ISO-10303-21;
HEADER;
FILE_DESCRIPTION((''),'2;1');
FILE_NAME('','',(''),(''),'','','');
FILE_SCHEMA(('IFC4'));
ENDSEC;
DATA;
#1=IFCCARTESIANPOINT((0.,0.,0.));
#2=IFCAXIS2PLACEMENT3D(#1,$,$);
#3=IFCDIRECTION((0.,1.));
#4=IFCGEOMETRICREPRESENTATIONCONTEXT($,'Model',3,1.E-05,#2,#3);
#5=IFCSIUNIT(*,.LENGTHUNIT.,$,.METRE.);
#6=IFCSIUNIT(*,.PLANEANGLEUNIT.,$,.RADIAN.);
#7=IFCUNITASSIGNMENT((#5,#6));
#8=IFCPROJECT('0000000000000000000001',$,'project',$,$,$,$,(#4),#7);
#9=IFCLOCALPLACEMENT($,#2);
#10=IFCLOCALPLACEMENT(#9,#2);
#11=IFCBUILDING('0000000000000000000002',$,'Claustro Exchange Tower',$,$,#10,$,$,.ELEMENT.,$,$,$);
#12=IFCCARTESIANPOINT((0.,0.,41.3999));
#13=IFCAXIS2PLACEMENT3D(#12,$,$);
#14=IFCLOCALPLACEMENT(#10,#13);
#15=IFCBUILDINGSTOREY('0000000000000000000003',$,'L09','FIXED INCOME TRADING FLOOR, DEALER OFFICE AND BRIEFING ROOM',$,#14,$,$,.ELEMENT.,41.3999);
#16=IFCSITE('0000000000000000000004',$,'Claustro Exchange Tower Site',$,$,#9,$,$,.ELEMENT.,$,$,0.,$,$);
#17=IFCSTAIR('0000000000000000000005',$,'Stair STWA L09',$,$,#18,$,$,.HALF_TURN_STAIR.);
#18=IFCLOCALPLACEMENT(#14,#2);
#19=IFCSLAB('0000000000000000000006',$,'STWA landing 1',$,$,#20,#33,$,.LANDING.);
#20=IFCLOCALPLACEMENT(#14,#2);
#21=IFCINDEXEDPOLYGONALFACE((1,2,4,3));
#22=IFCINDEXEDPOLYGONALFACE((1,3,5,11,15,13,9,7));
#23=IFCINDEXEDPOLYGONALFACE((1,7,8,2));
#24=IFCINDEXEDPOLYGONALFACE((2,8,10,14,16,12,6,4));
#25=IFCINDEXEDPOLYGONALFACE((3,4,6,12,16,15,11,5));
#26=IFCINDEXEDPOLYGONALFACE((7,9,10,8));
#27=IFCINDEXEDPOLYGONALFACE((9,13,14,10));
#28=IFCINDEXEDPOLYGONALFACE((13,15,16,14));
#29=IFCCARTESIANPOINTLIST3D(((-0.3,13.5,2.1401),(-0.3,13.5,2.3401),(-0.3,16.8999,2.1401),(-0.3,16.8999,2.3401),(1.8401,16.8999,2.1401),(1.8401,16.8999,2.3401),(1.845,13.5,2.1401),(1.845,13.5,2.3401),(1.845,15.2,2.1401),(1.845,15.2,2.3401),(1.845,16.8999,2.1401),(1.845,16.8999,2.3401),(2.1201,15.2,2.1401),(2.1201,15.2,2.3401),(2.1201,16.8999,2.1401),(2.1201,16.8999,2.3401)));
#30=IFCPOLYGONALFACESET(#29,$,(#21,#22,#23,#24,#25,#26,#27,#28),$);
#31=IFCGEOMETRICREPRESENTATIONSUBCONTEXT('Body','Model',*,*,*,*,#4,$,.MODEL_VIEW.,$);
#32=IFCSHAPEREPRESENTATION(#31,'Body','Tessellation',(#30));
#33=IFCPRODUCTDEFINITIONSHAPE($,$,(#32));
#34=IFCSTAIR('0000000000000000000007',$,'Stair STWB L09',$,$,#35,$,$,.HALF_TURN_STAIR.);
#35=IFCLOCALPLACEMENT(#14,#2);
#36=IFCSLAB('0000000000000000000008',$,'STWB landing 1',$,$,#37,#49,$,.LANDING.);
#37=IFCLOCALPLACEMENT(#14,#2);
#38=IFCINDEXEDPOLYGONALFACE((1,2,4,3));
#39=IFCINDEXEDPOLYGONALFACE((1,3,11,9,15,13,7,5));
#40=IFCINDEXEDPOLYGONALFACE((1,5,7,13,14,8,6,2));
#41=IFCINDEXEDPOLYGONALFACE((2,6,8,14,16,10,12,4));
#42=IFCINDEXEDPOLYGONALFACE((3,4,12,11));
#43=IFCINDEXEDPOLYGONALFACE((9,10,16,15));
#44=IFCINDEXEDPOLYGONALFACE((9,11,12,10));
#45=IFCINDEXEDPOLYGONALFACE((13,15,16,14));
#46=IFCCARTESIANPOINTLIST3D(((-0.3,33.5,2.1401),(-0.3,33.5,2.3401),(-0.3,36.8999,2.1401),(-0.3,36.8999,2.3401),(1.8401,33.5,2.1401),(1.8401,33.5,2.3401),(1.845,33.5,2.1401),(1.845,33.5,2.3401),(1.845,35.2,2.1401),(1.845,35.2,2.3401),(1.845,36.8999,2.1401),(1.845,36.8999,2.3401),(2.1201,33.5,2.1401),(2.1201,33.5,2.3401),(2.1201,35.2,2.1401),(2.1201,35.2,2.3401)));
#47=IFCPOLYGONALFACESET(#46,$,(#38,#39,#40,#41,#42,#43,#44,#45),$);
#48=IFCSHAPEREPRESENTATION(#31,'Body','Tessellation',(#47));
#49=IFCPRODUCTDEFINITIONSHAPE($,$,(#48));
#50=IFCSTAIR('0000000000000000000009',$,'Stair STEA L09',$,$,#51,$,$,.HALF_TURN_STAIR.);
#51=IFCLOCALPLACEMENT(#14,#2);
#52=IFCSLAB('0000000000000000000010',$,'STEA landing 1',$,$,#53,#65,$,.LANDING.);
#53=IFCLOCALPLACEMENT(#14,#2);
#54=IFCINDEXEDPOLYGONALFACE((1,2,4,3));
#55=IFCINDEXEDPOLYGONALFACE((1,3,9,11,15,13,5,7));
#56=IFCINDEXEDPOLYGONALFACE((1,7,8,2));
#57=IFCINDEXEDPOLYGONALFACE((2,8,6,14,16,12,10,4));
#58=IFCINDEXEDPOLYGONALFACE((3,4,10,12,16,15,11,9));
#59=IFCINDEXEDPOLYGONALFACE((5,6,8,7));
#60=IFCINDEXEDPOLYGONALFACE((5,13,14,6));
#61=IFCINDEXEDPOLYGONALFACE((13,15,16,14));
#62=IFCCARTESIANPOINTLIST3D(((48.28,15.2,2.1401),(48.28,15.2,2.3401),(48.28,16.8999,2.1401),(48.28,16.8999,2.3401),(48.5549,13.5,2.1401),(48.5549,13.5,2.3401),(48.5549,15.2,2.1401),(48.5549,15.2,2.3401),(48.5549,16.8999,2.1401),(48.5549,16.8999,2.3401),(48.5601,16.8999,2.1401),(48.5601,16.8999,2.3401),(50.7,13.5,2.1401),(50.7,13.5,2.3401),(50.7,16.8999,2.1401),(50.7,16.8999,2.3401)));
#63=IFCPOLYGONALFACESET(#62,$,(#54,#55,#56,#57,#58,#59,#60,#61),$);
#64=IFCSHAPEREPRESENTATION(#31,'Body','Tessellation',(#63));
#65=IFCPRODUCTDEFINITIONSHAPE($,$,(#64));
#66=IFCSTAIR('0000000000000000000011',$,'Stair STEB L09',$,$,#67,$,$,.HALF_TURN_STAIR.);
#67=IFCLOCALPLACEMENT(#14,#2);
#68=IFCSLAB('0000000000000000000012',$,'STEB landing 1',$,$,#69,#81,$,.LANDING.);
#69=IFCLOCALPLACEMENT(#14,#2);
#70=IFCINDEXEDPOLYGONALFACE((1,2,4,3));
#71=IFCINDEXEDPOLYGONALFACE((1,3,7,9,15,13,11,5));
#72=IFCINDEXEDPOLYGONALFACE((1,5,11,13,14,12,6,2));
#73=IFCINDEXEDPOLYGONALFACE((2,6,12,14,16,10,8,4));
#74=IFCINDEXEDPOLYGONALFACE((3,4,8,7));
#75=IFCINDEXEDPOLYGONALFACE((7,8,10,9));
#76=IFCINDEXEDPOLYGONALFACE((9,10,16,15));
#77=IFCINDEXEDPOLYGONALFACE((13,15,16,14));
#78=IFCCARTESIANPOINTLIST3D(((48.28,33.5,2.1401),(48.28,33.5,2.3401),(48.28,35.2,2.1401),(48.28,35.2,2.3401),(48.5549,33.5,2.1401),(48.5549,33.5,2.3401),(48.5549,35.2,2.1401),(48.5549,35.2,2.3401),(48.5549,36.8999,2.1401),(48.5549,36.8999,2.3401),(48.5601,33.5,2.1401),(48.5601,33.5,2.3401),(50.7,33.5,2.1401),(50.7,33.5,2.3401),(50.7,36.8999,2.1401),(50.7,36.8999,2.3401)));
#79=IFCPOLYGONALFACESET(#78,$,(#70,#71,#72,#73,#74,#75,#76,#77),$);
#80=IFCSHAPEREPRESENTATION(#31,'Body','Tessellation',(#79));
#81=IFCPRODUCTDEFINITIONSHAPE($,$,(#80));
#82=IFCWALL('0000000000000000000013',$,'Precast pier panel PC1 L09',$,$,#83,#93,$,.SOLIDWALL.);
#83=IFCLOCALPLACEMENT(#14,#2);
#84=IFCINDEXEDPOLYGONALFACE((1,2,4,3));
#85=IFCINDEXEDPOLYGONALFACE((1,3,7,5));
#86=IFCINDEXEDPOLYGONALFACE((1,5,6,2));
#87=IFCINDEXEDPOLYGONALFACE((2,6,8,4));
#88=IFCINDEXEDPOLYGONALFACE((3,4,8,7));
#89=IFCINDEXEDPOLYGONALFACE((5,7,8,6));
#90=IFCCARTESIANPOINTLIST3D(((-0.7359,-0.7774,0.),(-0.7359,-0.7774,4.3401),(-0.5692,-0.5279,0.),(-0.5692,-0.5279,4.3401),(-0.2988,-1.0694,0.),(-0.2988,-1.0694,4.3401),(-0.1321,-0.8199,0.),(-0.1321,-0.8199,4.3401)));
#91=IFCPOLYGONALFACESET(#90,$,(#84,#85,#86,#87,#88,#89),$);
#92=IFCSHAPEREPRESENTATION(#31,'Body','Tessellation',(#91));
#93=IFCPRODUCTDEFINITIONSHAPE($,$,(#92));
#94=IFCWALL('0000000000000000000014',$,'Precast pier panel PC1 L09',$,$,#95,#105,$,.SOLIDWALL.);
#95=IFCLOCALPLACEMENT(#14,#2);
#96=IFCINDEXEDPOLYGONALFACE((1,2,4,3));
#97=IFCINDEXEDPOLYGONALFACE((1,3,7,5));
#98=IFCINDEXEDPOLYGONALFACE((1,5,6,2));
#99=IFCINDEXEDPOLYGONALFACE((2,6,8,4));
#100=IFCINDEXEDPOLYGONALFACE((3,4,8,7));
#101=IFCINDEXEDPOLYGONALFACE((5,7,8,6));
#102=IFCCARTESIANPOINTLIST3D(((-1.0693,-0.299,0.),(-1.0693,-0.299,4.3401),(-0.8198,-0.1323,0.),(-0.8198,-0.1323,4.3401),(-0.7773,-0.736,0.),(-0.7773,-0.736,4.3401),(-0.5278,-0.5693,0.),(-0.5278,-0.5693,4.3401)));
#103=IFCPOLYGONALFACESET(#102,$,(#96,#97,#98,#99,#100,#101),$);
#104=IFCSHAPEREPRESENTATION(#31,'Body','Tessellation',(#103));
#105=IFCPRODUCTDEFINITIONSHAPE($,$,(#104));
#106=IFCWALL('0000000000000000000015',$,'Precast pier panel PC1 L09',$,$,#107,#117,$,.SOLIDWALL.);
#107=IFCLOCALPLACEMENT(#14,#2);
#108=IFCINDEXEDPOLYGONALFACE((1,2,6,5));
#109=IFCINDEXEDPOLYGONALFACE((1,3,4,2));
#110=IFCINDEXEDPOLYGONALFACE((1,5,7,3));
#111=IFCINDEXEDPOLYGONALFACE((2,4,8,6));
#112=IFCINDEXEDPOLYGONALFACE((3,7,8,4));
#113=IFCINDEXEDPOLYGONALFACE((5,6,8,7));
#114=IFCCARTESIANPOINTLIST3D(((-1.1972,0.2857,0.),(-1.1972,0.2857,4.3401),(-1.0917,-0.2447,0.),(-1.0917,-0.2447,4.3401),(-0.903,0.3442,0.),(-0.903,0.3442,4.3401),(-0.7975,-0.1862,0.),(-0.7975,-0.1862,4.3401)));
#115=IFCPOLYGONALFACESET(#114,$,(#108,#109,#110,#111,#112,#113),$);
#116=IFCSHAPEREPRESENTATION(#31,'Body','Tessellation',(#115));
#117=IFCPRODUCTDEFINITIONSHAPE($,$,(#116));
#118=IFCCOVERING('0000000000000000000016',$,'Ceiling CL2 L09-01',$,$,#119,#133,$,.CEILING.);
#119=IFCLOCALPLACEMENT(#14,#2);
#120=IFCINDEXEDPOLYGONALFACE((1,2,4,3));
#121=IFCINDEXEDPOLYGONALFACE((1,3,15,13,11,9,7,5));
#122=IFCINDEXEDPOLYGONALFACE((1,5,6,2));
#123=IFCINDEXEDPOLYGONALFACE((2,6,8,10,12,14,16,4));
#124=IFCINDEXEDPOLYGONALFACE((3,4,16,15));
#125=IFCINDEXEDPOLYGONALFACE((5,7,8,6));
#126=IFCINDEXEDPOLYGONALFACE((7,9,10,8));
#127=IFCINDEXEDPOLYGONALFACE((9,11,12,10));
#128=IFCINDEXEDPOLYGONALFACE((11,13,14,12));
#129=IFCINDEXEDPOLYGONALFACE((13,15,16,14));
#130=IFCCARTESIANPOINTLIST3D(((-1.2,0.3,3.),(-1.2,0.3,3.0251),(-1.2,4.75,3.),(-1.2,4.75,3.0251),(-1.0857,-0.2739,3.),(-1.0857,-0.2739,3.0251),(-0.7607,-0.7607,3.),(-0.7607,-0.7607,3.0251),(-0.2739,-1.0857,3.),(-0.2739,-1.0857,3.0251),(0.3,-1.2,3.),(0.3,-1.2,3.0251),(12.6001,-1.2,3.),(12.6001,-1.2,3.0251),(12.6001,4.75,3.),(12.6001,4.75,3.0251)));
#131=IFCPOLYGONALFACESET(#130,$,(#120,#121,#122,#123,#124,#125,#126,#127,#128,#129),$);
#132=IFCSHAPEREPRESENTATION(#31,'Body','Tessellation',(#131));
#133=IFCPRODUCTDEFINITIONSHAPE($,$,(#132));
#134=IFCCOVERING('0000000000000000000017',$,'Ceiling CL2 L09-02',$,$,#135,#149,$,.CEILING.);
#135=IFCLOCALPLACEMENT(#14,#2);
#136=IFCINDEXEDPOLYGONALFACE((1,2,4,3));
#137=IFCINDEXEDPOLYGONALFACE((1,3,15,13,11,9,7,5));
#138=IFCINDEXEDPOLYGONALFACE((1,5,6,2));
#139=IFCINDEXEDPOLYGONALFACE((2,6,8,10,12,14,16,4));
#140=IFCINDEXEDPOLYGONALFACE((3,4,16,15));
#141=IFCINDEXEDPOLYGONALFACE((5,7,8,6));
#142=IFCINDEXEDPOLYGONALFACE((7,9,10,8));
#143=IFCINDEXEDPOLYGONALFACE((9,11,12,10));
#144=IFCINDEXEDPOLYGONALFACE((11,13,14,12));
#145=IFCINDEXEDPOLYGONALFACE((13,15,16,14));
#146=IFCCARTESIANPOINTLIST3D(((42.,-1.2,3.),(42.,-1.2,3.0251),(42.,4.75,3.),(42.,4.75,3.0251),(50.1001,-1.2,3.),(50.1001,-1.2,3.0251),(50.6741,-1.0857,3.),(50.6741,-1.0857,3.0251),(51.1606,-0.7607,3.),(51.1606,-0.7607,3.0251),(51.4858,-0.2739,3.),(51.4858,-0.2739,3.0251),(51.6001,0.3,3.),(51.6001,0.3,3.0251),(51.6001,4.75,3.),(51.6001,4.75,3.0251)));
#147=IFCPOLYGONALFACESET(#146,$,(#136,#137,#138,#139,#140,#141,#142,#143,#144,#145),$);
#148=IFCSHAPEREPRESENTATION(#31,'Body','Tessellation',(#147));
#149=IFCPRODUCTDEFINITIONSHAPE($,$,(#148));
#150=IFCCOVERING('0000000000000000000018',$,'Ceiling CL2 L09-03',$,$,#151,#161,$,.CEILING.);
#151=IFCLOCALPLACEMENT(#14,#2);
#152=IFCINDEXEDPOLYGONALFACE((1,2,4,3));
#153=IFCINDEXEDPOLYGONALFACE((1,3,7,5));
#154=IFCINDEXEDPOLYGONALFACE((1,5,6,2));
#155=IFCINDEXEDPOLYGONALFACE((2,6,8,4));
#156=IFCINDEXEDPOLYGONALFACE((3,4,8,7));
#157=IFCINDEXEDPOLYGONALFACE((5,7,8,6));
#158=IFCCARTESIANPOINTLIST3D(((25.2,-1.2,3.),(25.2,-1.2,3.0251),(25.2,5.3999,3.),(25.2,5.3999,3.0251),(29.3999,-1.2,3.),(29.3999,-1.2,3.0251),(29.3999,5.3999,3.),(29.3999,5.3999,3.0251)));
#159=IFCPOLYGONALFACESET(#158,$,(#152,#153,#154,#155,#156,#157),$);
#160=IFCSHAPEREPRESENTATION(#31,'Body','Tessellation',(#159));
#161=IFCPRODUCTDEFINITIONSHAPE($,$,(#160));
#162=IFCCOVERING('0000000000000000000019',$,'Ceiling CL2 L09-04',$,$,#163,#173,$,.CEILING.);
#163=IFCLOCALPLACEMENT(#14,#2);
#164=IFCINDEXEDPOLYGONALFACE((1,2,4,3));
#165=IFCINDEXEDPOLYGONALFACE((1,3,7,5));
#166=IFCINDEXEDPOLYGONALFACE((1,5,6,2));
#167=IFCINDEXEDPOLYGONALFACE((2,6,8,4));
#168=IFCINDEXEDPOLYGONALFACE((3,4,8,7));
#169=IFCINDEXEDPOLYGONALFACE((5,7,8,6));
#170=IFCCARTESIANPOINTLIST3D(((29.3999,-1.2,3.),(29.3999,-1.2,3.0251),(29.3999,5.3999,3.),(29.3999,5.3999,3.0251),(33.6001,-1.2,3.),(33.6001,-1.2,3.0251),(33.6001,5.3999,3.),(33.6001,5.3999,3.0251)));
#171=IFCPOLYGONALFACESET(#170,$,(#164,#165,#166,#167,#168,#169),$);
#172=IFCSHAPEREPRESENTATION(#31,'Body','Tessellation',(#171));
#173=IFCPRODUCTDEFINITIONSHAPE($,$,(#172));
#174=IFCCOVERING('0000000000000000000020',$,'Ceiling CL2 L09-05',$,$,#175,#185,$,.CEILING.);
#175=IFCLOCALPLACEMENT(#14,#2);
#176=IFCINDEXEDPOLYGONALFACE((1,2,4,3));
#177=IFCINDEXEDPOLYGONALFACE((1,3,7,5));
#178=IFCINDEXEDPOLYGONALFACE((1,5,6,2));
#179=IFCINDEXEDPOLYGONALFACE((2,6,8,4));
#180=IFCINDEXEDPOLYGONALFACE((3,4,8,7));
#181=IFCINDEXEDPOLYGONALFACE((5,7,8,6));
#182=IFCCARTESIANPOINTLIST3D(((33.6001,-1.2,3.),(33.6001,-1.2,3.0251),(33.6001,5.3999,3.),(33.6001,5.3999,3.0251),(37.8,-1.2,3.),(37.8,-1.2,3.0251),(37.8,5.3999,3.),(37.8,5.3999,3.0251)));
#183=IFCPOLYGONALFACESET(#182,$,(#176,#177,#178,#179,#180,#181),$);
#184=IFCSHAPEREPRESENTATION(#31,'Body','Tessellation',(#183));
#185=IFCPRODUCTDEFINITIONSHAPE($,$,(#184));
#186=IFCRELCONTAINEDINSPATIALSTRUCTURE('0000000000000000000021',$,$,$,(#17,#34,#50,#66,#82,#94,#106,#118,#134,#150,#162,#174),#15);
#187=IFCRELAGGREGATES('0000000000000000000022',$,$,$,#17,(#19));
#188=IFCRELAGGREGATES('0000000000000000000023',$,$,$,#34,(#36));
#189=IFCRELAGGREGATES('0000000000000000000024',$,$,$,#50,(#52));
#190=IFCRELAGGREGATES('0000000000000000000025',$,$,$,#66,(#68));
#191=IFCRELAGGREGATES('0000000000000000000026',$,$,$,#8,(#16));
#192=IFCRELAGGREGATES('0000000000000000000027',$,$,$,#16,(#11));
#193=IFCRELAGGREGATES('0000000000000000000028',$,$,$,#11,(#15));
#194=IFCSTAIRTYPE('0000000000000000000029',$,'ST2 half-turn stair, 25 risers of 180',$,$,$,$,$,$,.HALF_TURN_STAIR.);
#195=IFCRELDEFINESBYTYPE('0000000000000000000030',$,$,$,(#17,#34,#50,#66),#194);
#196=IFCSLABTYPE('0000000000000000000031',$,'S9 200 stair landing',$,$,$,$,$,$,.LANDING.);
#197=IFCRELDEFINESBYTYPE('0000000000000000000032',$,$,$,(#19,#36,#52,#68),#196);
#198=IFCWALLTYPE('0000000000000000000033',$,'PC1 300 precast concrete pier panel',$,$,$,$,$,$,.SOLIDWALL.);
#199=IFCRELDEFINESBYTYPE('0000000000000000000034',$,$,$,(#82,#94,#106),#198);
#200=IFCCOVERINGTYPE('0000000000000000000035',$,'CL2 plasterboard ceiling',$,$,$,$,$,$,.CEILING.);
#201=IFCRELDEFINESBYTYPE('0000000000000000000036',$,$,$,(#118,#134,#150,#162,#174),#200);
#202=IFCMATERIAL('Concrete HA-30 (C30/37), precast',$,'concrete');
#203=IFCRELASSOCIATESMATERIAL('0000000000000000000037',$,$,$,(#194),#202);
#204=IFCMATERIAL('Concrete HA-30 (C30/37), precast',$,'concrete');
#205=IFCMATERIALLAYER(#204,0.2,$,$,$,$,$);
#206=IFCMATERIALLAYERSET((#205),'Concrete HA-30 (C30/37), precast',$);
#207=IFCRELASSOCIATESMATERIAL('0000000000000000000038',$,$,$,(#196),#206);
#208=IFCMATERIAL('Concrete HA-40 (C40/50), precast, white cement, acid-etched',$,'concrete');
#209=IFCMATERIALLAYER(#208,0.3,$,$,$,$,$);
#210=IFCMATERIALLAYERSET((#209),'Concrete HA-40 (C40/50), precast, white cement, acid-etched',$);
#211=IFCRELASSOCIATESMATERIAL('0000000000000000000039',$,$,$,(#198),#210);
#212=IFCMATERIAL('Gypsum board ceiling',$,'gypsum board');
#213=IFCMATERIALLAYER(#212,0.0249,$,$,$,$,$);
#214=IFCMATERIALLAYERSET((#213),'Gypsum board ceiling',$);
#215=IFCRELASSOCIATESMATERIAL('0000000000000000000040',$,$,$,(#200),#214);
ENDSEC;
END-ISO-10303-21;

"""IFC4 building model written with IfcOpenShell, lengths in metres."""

from ifc_helpers import new_model, si_unit, direction, frame, frame_2d, origin, place, context, subcontext, project, spatial, polyline, rectangle, outline, extrude, material, layer, layer_set, type_object, element, aggregate, save


model = new_model("IFC4")

# Units and contexts
model_context = context("Model", 3, precision=1e-05, world=origin(), true_north=direction((0.0, 1.0)))
body_context = subcontext(model_context, "Body", "Model", "MODEL_VIEW")
ifc_project = project(units=[si_unit("LENGTHUNIT", "METRE"), si_unit("PLANEANGLEUNIT", "RADIAN")], contexts=[model_context])

# Site, building, storey
site_placement = place(None, origin())
site = spatial("IfcSite", under=ifc_project, at=site_placement, Name="Claustro Exchange Tower Site", CompositionType="ELEMENT", RefElevation=0.0)
building_placement = place(site_placement, origin())
building = spatial("IfcBuilding", under=site, at=building_placement, Name="Claustro Exchange Tower", CompositionType="ELEMENT")
storey_placement = place(building_placement, frame((0.0, 0.0, 41.3999)))
storey = spatial("IfcBuildingStorey", under=building, at=storey_placement, Name="L09", Description="FIXED INCOME TRADING FLOOR, DEALER OFFICE AND BRIEFING ROOM", CompositionType="ELEMENT", Elevation=41.3999)

# Stairs, slabs
ifc_material_1 = material(Name="Concrete HA-30 (C30/37), precast", Category="concrete")
stair_type = type_object("IfcStairType", Name="ST2 half-turn stair, 25 risers of 180", PredefinedType="HALF_TURN_STAIR", material=ifc_material_1)
stair_1_placement = place(storey_placement, origin())
stair_1 = element("IfcStair", 1, at=stair_1_placement, inside=storey, type_object=stair_type, Name="Stair STWA L09", PredefinedType="HALF_TURN_STAIR")
ifc_material_2 = material(Name="Concrete HA-30 (C30/37), precast", Category="concrete")
ifc_layer_1 = layer(ifc_material_2, 0.2)
ifc_layer_set_1 = layer_set([ifc_layer_1], Name="Concrete HA-30 (C30/37), precast")
slab_type_1 = type_object("IfcSlabType", Name="S9 200 stair landing", PredefinedType="LANDING", material=ifc_layer_set_1)
slab_1_placement = place(storey_placement, frame((0.0, 0.0, 2.1401)))
slab_1 = element("IfcSlab", 2, at=slab_1_placement, type_object=slab_type_1, Name="STWA landing 1", PredefinedType="LANDING", context=body_context, shape_type="SweptSolid", body=[
    extrude(outline(polyline([(1.845, 13.5), (-0.3, 13.5), (-0.3, 16.8999), (1.8401, 16.8999), (1.845, 16.8999), (2.1201, 16.8999), (2.1201, 15.2), (1.845, 15.2), (1.845, 13.5)])), origin(), (0.0, 0.0, 1.0), 0.2),
])
aggregate(stair_1, [slab_1])
stair_2_placement = place(storey_placement, origin())
stair_2 = element("IfcStair", 3, at=stair_2_placement, inside=storey, type_object=stair_type, Name="Stair STWB L09", PredefinedType="HALF_TURN_STAIR")
slab_2_placement = place(storey_placement, frame((0.0, 0.0, 2.1401)))
slab_2 = element("IfcSlab", 4, at=slab_2_placement, type_object=slab_type_1, Name="STWB landing 1", PredefinedType="LANDING", context=body_context, shape_type="SweptSolid", body=[
    extrude(outline(polyline([(2.1201, 35.2), (2.1201, 33.5), (1.845, 33.5), (1.8401, 33.5), (-0.3, 33.5), (-0.3, 36.8999), (1.845, 36.8999), (1.845, 35.2), (2.1201, 35.2)])), origin(), (0.0, 0.0, 1.0), 0.2),
])
aggregate(stair_2, [slab_2])
stair_3_placement = place(storey_placement, origin())
stair_3 = element("IfcStair", 5, at=stair_3_placement, inside=storey, type_object=stair_type, Name="Stair STEA L09", PredefinedType="HALF_TURN_STAIR")
slab_3_placement = place(storey_placement, frame((0.0, 0.0, 2.1401)))
slab_3 = element("IfcSlab", 6, at=slab_3_placement, type_object=slab_type_1, Name="STEA landing 1", PredefinedType="LANDING", context=body_context, shape_type="SweptSolid", body=[
    extrude(outline(polyline([(50.7, 16.8999), (50.7, 13.5), (48.5549, 13.5), (48.5549, 15.2), (48.28, 15.2), (48.28, 16.8999), (48.5549, 16.8999), (48.5601, 16.8999), (50.7, 16.8999)])), origin(), (0.0, 0.0, 1.0), 0.2),
])
aggregate(stair_3, [slab_3])
stair_4_placement = place(storey_placement, origin())
stair_4 = element("IfcStair", 7, at=stair_4_placement, inside=storey, type_object=stair_type, Name="Stair STEB L09", PredefinedType="HALF_TURN_STAIR")
slab_4_placement = place(storey_placement, frame((0.0, 0.0, 2.1401)))
slab_4 = element("IfcSlab", 8, at=slab_4_placement, type_object=slab_type_1, Name="STEB landing 1", PredefinedType="LANDING", context=body_context, shape_type="SweptSolid", body=[
    extrude(outline(polyline([(48.28, 33.5), (48.28, 35.2), (48.5549, 35.2), (48.5549, 36.8999), (50.7, 36.8999), (50.7, 33.5), (48.5601, 33.5), (48.5549, 33.5), (48.28, 33.5)])), origin(), (0.0, 0.0, 1.0), 0.2),
])
aggregate(stair_4, [slab_4])

# Walls
ifc_material_3 = material(Name="Concrete HA-40 (C40/50), precast, white cement, acid-etched", Category="concrete")
ifc_layer_2 = layer(ifc_material_3, 0.3)
ifc_layer_set_2 = layer_set([ifc_layer_2], Name="Concrete HA-40 (C40/50), precast, white cement, acid-etched")
wall_type = type_object("IfcWallType", Name="PC1 300 precast concrete pier panel", PredefinedType="SOLIDWALL", material=ifc_layer_set_2)
for number, where, z_axis, x_axis, name in (
    (9, (-0.2156, -0.9446, 0.0), (0.0, 0.0, 1.0), (-0.831478, 0.555557, 0.0), "Precast pier panel PC1 L09"),
    (10, (-0.6526, -0.6526, 0.0), (0.0, 0.0, 1.0), (-0.555557, 0.831478, 0.0), "Precast pier panel PC1 L09"),
):
    element("IfcWall", number, at=place(storey_placement, frame(where, z_axis=z_axis, x_axis=x_axis)), inside=storey, type_object=wall_type, Name=name, PredefinedType="SOLIDWALL", context=body_context, shape_type="SweptSolid", body=[
        extrude(rectangle(XDim=0.5256, YDim=0.3, at=frame_2d((0.2627, 0.0))), origin(), (0.0, 0.0, 1.0), 4.3401),
    ])
wall_placement = place(storey_placement, frame((-0.9446, -0.2156, 0.0), z_axis=(0.0, 0.0, 1.0), x_axis=(-0.195074, 0.980789, 0.0)))
element("IfcWall", 11, at=wall_placement, inside=storey, type_object=wall_type, Name="Precast pier panel PC1 L09", PredefinedType="SOLIDWALL", context=body_context, shape_type="SweptSolid", body=[
    extrude(rectangle(XDim=0.5408, YDim=0.3, at=frame_2d((0.2705, 0.0))), origin(), (0.0, 0.0, 1.0), 4.3401),
])

# Coverings
ifc_material_4 = material(Name="Gypsum board ceiling", Category="gypsum board")
ifc_layer_3 = layer(ifc_material_4, 0.0249)
ifc_layer_set_3 = layer_set([ifc_layer_3], Name="Gypsum board ceiling")
covering_type = type_object("IfcCoveringType", Name="CL2 plasterboard ceiling", PredefinedType="CEILING", material=ifc_layer_set_3)
covering_1_placement = place(storey_placement, frame((0.0, 0.0, 3.0)))
element("IfcCovering", 12, at=covering_1_placement, inside=storey, type_object=covering_type, Name="Ceiling CL2 L09-01", PredefinedType="CEILING", context=body_context, shape_type="SweptSolid", body=[
    extrude(outline(polyline([(-1.0857, -0.2739), (-0.7607, -0.7607), (-0.2739, -1.0857), (0.3, -1.2), (12.6001, -1.2), (12.6001, 4.75), (-1.2, 4.75), (-1.2, 0.3), (-1.0857, -0.2739)])), origin(), (0.0, 0.0, 1.0), 0.0251),
])
covering_2_placement = place(storey_placement, frame((0.0, 0.0, 3.0)))
element("IfcCovering", 13, at=covering_2_placement, inside=storey, type_object=covering_type, Name="Ceiling CL2 L09-02", PredefinedType="CEILING", context=body_context, shape_type="SweptSolid", body=[
    extrude(outline(polyline([(51.6001, 0.3), (51.6001, 4.75), (42.0, 4.75), (42.0, -1.2), (50.1001, -1.2), (50.6741, -1.0857), (51.1606, -0.7607), (51.4858, -0.2739), (51.6001, 0.3)])), origin(), (0.0, 0.0, 1.0), 0.0251),
])
covering_3_placement = place(storey_placement, frame((0.0, 0.0, 3.0)))
element("IfcCovering", 14, at=covering_3_placement, inside=storey, type_object=covering_type, Name="Ceiling CL2 L09-03", PredefinedType="CEILING", context=body_context, shape_type="SweptSolid", body=[
    extrude(outline(polyline([(25.2, -1.2), (29.3999, -1.2), (29.3999, 5.3999), (25.2, 5.3999), (25.2, -1.2)])), origin(), (0.0, 0.0, 1.0), 0.0251),
])
covering_4_placement = place(storey_placement, frame((0.0, 0.0, 3.0)))
element("IfcCovering", 15, at=covering_4_placement, inside=storey, type_object=covering_type, Name="Ceiling CL2 L09-04", PredefinedType="CEILING", context=body_context, shape_type="SweptSolid", body=[
    extrude(outline(polyline([(29.3999, -1.2), (33.6001, -1.2), (33.6001, 5.3999), (29.3999, 5.3999), (29.3999, -1.2)])), origin(), (0.0, 0.0, 1.0), 0.0251),
])
covering_5_placement = place(storey_placement, frame((0.0, 0.0, 3.0)))
element("IfcCovering", 16, at=covering_5_placement, inside=storey, type_object=covering_type, Name="Ceiling CL2 L09-05", PredefinedType="CEILING", context=body_context, shape_type="SweptSolid", body=[
    extrude(outline(polyline([(33.6001, -1.2), (37.8, -1.2), (37.8, 5.3999), (33.6001, 5.3999), (33.6001, -1.2)])), origin(), (0.0, 0.0, 1.0), 0.0251),
])

save(model, "model.ifc")
